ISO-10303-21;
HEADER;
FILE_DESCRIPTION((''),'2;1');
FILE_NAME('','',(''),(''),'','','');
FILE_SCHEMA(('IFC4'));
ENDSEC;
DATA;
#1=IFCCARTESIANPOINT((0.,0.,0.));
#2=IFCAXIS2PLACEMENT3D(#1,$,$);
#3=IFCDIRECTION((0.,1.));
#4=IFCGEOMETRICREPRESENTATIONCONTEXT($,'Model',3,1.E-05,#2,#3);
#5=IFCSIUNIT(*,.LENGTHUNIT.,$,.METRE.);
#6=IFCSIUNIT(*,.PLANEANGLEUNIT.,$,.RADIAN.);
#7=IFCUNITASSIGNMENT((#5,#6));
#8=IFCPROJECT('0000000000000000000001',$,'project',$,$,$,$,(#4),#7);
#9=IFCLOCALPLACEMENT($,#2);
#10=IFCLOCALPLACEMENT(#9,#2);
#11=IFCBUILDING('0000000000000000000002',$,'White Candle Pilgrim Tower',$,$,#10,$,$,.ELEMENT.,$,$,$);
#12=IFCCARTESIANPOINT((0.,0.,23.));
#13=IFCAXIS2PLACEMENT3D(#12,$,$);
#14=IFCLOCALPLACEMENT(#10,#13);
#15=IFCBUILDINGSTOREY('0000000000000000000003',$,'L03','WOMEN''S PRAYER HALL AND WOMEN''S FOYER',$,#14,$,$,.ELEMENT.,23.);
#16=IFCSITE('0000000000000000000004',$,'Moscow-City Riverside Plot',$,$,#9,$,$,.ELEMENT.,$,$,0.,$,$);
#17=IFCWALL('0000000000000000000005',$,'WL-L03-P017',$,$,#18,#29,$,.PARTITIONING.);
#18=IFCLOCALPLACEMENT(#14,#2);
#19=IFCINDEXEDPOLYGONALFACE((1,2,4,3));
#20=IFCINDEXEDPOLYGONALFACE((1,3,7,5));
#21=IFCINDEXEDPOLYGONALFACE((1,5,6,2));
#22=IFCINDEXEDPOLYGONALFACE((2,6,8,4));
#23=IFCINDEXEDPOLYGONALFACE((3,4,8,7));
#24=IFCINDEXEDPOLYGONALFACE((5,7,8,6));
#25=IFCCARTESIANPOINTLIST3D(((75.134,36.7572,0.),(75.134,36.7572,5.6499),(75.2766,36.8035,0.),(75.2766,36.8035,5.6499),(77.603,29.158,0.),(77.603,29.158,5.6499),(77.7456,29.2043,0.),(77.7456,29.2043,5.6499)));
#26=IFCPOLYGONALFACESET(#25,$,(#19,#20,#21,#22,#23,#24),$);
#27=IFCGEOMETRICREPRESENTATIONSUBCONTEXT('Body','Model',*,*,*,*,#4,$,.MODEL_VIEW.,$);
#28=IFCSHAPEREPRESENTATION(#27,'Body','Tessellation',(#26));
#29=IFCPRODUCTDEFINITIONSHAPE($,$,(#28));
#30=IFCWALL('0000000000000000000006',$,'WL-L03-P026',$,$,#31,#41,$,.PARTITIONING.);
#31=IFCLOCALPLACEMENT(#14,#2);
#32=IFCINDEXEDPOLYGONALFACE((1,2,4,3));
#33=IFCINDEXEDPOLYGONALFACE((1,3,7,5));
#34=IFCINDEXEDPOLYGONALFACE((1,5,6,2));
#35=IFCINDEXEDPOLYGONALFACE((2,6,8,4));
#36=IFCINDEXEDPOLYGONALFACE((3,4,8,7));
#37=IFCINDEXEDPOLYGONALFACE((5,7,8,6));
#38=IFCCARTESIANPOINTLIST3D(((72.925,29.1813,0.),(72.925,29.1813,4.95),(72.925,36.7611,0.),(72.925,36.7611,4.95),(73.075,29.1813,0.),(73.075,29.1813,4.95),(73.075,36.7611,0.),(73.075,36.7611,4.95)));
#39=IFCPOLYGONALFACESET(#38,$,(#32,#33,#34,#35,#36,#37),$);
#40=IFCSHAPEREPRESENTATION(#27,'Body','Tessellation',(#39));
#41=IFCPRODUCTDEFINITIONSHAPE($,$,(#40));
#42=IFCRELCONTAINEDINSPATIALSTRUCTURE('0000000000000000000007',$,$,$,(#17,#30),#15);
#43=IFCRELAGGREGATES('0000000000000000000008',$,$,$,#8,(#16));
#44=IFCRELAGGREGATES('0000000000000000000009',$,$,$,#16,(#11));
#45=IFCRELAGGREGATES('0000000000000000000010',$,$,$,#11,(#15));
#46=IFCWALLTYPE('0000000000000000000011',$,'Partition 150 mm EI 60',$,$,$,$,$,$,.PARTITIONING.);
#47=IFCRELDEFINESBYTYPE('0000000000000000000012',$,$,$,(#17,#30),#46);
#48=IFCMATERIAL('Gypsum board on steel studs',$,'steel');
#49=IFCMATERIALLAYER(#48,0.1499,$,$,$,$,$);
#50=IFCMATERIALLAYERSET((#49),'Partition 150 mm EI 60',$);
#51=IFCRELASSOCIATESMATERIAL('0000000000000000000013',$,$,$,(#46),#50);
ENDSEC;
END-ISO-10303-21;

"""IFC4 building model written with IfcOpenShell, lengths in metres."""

from ifc_helpers import new_model, si_unit, direction, frame, frame_2d, origin, place, context, subcontext, project, spatial, rectangle, extrude, material, layer, layer_set, type_object, element, save


model = new_model("IFC4")

# Units and contexts
model_context = context("Model", 3, precision=1e-05, world=origin(), true_north=direction((0.0, 1.0)))
body_context = subcontext(model_context, "Body", "Model", "MODEL_VIEW")
ifc_project = project(units=[si_unit("LENGTHUNIT", "METRE"), si_unit("PLANEANGLEUNIT", "RADIAN")], contexts=[model_context])

# Site, building, storey
site_placement = place(None, origin())
site = spatial("IfcSite", under=ifc_project, at=site_placement, Name="Moscow-City Riverside Plot", CompositionType="ELEMENT", RefElevation=0.0)
building_placement = place(site_placement, origin())
building = spatial("IfcBuilding", under=site, at=building_placement, Name="White Candle Pilgrim Tower", CompositionType="ELEMENT")
storey_placement = place(building_placement, frame((0.0, 0.0, 23.0)))
storey = spatial("IfcBuildingStorey", under=building, at=storey_placement, Name="L03", Description="WOMEN'S PRAYER HALL AND WOMEN'S FOYER", CompositionType="ELEMENT", Elevation=23.0)

# Walls
ifc_material_1 = material(Name="Gypsum board on steel studs", Category="steel")
ifc_layer_1 = layer(ifc_material_1, 0.1499)
ifc_layer_set_1 = layer_set([ifc_layer_1], Name="Partition 150 mm EI 60")
wall_type_1 = type_object("IfcWallType", Name="Partition 150 mm EI 60", PredefinedType="PARTITIONING", material=ifc_layer_set_1)
wall_1_placement = place(storey_placement, frame((77.6743, 29.1812, 0.0), z_axis=(0.0, 0.0, 1.0), x_axis=(-0.309005, 0.951061, 0.0)))
element("IfcWall", 1, at=wall_1_placement, inside=storey, type_object=wall_type_1, Name="WL-L03-P017", PredefinedType="PARTITIONING", context=body_context, shape_type="SweptSolid", body=[
    extrude(rectangle(XDim=7.9902, YDim=0.1499, at=frame_2d((3.9951, 0.0))), origin(), (0.0, 0.0, 1.0), 5.6499),
])
wall_2_placement = place(storey_placement, frame((73.0, 29.1812, 0.0), z_axis=(0.0, 0.0, 1.0), x_axis=(0.0, 1.0, 0.0)))
element("IfcWall", 2, at=wall_2_placement, inside=storey, type_object=wall_type_1, Name="WL-L03-P026", PredefinedType="PARTITIONING", context=body_context, shape_type="SweptSolid", body=[
    extrude(rectangle(XDim=7.5798, YDim=0.1499, at=frame_2d((3.79, 0.0))), origin(), (0.0, 0.0, 1.0), 4.95),
])

save(model, "model.ifc")
